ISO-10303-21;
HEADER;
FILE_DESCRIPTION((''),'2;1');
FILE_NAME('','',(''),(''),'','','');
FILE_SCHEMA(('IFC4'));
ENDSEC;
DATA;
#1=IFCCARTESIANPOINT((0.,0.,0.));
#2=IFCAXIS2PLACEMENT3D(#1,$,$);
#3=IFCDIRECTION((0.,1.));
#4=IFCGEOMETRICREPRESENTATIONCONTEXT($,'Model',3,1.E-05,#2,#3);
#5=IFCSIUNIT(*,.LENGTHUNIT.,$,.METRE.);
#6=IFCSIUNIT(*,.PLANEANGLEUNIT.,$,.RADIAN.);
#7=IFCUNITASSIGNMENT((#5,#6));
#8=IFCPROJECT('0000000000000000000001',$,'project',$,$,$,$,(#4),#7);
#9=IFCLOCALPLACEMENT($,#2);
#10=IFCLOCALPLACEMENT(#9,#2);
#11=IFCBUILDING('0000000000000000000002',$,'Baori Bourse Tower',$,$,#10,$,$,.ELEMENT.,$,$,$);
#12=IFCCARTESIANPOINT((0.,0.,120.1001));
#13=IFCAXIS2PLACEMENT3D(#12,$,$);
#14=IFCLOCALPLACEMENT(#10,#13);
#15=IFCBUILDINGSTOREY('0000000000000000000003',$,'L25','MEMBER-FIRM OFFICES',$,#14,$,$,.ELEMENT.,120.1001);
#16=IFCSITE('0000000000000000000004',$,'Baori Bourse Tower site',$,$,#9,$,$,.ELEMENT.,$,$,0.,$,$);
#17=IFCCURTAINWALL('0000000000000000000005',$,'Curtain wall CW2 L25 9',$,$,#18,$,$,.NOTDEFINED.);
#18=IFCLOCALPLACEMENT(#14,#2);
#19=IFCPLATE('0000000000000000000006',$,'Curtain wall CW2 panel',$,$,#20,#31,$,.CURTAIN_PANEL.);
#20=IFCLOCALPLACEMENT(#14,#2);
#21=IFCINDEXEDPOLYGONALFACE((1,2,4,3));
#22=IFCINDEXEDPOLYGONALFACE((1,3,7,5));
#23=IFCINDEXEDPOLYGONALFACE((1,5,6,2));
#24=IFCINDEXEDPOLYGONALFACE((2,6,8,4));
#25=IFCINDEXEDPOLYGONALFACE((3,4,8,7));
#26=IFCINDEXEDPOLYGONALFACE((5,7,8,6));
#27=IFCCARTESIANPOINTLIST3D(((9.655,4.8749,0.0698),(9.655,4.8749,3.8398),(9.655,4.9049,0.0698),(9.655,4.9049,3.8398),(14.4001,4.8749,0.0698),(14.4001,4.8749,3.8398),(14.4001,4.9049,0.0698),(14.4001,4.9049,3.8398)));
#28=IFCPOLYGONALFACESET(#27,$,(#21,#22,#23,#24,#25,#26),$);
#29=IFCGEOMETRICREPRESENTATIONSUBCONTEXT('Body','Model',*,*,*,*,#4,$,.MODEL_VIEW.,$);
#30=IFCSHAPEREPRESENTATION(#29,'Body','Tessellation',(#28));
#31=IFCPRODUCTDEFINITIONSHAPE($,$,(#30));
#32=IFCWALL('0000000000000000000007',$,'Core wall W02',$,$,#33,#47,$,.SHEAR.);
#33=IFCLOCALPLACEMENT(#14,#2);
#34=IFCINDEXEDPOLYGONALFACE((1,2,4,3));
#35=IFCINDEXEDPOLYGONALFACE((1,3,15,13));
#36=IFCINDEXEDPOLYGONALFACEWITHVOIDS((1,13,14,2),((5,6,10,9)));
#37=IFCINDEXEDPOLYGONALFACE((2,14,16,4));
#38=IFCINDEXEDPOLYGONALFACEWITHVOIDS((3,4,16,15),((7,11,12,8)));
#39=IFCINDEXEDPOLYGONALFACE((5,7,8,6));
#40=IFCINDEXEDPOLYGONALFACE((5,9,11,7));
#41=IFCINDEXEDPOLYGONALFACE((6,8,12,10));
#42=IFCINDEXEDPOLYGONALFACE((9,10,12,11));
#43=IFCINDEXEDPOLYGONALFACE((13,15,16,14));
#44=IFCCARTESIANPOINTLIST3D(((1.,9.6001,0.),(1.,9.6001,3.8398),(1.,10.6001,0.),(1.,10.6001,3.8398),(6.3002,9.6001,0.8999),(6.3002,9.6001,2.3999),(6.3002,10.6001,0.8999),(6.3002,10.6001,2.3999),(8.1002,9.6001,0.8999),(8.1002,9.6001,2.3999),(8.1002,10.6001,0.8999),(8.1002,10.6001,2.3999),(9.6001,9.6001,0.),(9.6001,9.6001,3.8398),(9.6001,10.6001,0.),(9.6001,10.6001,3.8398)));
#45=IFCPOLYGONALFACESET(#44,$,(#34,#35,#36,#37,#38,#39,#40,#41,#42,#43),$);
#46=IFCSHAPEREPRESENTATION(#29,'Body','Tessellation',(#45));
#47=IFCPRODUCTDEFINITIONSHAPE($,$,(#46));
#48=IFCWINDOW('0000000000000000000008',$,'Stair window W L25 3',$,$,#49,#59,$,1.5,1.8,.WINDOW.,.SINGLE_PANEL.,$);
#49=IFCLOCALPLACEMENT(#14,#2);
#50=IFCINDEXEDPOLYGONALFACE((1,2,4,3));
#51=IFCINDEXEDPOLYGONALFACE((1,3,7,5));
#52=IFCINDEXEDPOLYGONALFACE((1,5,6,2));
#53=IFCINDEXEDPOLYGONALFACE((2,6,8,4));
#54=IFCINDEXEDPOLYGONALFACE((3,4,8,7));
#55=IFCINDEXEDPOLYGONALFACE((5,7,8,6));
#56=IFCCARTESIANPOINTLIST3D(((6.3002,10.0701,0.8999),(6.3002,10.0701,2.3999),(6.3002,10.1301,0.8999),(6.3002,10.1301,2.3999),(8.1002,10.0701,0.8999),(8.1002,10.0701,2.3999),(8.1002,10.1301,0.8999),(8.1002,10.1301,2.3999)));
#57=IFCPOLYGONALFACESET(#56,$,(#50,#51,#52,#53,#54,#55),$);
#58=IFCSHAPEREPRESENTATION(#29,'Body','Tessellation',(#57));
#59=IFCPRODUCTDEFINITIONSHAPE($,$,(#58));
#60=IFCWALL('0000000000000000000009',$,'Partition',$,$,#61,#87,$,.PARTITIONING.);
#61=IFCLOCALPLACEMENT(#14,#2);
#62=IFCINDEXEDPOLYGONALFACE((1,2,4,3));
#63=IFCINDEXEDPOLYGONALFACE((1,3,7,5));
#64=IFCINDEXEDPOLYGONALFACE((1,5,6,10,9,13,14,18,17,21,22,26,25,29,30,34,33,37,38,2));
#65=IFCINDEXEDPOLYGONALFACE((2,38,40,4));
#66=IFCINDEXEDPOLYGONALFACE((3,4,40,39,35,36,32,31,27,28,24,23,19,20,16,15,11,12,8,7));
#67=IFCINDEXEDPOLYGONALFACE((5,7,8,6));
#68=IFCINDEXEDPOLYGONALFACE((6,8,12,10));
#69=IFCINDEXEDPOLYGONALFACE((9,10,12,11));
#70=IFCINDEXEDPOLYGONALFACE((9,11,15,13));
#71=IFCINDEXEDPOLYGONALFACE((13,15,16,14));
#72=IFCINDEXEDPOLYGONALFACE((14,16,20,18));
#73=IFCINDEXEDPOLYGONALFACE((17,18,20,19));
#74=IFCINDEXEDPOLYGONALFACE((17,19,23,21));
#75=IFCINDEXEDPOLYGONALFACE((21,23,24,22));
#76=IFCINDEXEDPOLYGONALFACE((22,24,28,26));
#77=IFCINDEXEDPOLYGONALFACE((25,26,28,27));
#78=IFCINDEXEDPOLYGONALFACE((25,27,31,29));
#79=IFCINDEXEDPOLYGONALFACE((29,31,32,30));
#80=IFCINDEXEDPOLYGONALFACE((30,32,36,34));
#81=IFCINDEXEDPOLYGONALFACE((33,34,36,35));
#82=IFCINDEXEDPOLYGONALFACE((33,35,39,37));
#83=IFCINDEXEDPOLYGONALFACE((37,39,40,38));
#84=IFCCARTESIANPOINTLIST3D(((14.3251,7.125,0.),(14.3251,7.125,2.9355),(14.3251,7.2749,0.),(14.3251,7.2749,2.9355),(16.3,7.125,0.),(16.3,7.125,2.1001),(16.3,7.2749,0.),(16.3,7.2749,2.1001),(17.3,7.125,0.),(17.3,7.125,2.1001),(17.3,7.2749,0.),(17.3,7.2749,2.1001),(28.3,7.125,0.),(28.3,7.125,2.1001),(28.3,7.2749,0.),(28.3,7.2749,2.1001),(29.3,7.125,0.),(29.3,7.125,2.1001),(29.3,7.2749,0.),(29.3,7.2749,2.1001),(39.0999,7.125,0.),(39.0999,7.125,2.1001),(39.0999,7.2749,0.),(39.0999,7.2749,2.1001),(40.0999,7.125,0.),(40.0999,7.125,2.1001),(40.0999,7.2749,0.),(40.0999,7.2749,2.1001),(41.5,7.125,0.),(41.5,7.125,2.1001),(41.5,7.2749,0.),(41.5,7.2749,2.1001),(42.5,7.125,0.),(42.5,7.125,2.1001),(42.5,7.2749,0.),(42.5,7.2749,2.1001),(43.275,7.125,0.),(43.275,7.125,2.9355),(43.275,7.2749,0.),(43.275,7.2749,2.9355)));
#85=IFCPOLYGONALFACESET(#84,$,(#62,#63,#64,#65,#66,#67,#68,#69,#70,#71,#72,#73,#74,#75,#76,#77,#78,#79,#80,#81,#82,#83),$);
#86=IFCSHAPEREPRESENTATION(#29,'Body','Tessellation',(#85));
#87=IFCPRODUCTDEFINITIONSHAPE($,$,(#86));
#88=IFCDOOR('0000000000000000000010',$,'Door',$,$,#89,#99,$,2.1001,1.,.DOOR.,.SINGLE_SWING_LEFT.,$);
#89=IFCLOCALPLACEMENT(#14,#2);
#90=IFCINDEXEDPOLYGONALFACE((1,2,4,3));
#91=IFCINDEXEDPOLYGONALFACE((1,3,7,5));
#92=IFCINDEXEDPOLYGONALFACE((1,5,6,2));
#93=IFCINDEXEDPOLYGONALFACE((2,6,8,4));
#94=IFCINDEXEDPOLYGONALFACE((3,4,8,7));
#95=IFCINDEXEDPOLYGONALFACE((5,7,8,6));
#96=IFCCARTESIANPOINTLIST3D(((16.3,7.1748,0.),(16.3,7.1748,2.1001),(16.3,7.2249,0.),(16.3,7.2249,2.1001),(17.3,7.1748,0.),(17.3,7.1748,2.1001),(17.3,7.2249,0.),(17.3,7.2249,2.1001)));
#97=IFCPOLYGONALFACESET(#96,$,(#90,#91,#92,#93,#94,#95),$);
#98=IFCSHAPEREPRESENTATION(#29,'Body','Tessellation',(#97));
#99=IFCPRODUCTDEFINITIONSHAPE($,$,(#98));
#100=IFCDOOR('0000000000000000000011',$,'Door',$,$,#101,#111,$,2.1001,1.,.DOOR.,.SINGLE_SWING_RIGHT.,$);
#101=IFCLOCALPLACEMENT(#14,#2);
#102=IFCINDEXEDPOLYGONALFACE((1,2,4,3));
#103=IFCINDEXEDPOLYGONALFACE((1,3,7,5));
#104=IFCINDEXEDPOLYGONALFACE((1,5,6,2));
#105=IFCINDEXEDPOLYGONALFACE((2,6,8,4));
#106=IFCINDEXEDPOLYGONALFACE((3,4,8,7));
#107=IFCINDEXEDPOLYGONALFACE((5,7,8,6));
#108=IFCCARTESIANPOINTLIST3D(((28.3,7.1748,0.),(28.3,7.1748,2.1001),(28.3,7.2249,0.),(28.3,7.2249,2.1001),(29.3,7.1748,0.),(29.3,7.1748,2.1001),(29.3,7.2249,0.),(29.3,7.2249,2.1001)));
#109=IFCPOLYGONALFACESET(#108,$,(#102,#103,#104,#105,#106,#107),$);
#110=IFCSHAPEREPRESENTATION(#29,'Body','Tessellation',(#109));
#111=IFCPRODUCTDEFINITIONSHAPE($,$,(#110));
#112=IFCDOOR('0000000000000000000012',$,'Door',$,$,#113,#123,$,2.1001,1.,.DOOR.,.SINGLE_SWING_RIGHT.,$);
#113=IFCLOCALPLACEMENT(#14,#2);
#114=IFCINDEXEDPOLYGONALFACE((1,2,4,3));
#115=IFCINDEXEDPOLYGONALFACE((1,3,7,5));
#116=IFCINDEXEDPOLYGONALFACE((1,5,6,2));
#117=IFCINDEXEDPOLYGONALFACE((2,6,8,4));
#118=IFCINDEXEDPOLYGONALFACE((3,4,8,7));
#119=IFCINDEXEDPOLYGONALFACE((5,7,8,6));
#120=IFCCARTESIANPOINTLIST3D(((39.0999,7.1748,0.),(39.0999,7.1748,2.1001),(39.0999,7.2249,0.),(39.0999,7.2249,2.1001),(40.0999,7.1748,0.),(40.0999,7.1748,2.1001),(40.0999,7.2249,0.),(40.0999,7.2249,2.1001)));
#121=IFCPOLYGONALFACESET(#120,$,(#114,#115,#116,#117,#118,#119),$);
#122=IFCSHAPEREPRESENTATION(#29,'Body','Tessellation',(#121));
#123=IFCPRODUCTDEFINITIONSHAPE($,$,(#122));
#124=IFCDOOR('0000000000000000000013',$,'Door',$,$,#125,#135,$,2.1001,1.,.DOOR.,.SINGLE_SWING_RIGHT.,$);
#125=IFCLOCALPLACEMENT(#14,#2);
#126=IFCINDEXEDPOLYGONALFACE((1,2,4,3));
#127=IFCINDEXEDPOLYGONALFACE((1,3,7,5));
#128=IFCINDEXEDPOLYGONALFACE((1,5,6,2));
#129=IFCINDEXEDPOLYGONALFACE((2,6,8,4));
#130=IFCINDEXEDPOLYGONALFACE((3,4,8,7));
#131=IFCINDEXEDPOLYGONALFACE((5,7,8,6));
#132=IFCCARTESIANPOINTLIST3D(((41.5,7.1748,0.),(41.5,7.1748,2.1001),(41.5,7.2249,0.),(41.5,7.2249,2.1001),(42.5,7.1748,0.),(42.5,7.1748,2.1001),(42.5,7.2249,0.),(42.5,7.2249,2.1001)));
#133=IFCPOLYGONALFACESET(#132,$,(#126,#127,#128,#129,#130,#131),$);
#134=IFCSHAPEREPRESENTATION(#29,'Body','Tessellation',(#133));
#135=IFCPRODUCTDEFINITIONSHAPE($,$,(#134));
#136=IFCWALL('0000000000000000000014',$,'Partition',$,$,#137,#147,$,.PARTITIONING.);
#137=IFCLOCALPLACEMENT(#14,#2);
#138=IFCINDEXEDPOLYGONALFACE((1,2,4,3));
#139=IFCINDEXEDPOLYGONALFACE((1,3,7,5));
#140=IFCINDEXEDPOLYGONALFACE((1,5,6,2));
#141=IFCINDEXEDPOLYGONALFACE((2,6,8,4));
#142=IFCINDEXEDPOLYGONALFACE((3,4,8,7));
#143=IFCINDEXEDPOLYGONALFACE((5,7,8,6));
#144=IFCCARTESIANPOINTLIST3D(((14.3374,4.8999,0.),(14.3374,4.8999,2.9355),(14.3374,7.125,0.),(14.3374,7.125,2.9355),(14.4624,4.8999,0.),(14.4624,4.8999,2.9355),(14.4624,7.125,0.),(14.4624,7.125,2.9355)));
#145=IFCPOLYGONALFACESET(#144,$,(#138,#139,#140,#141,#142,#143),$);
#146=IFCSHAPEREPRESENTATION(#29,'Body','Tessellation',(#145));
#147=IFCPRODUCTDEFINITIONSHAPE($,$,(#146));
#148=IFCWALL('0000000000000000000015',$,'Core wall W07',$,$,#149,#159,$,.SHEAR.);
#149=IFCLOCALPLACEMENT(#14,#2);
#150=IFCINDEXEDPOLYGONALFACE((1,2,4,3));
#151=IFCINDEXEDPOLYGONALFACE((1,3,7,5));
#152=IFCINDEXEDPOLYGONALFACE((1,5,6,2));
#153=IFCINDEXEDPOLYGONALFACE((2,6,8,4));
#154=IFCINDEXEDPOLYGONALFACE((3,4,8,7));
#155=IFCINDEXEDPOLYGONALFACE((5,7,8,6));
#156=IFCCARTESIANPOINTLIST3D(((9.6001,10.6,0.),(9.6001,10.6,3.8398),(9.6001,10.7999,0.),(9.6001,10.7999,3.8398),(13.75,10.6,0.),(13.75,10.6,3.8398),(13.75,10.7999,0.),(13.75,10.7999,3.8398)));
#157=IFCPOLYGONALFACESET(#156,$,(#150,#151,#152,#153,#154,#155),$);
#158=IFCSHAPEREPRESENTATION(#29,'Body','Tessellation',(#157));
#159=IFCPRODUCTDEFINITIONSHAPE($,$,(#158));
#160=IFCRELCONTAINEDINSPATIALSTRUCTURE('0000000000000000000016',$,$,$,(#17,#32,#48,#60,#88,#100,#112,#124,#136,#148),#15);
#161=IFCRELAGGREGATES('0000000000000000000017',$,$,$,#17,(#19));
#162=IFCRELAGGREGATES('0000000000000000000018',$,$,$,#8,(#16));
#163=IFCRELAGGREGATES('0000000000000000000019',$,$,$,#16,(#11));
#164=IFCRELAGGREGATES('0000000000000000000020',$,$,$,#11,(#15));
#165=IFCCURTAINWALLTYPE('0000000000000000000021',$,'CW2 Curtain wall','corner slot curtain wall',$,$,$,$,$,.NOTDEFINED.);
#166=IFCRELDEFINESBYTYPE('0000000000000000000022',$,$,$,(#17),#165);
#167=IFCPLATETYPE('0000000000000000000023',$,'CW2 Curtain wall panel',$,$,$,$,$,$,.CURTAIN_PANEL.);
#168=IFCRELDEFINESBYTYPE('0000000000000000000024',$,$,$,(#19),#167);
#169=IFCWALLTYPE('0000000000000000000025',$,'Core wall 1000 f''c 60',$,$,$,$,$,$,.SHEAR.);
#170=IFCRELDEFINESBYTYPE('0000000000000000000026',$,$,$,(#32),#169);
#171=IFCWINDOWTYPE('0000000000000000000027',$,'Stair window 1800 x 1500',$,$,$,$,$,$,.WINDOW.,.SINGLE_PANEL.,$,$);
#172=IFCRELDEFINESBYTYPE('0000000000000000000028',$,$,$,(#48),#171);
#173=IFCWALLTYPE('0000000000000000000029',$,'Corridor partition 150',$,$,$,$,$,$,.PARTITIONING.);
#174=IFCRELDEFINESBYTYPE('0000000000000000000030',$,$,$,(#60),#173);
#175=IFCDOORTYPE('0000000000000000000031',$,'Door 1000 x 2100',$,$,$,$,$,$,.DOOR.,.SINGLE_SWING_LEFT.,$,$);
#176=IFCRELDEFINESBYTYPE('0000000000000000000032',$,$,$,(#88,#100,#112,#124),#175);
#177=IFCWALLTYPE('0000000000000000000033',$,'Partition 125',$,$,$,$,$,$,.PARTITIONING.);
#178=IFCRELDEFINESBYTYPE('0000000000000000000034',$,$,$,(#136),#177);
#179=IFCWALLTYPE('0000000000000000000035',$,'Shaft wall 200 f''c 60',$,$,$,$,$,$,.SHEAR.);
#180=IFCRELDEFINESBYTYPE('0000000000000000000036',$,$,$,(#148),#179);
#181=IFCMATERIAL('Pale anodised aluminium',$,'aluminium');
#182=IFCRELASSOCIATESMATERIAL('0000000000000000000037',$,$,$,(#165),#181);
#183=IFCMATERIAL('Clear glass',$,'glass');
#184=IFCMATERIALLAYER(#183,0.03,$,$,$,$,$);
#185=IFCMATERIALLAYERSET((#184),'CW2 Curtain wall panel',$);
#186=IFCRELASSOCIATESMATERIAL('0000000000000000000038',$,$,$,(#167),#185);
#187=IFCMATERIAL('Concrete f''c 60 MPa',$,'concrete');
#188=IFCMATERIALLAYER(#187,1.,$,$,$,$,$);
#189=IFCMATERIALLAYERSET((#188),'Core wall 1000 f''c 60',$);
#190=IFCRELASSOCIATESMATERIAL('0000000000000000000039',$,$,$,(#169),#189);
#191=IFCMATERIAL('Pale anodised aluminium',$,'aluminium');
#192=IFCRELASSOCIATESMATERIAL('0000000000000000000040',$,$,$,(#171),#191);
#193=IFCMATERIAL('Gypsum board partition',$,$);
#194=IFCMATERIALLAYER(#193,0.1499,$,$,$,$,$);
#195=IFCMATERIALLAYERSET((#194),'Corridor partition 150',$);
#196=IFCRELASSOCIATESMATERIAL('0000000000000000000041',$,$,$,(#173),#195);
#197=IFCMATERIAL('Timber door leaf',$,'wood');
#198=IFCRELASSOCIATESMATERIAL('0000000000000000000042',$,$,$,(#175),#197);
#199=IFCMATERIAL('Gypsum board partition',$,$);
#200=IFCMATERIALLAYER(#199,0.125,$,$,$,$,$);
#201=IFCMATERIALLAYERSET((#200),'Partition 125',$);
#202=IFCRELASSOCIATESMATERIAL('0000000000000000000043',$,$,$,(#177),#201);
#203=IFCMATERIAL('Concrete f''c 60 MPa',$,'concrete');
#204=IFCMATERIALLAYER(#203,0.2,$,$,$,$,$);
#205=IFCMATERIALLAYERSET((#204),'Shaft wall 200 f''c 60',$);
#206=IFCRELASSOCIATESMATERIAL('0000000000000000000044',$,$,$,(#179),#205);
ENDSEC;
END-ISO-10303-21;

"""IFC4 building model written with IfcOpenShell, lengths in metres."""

from ifc_helpers import new_model, si_unit, direction, frame, frame_2d, origin, origin_2d, place, context, subcontext, project, spatial, rectangle, extrude, material, layer, layer_set, type_object, element, fill, aggregate, save


model = new_model("IFC4")

# Units and contexts
model_context = context("Model", 3, precision=1e-05, world=origin(), true_north=direction((0.0, 1.0)))
body_context = subcontext(model_context, "Body", "Model", "MODEL_VIEW")
ifc_project = project(units=[si_unit("LENGTHUNIT", "METRE"), si_unit("PLANEANGLEUNIT", "RADIAN")], contexts=[model_context])

# Site, building, storey
site_placement = place(None, origin())
site = spatial("IfcSite", under=ifc_project, at=site_placement, Name="Baori Bourse Tower site", CompositionType="ELEMENT", RefElevation=0.0)
building_placement = place(site_placement, origin())
building = spatial("IfcBuilding", under=site, at=building_placement, Name="Baori Bourse Tower", CompositionType="ELEMENT")
storey_placement = place(building_placement, frame((0.0, 0.0, 120.1001)))
storey = spatial("IfcBuildingStorey", under=building, at=storey_placement, Name="L25", Description="MEMBER-FIRM OFFICES", CompositionType="ELEMENT", Elevation=120.1001)

# Curtain wall
ifc_material_1 = material(Name="Pale anodised aluminium", Category="aluminium")
curtain_wall_type = type_object("IfcCurtainWallType", Name="CW2 Curtain wall", Description="corner slot curtain wall", PredefinedType="NOTDEFINED", material=ifc_material_1)
curtain_wall_1_placement = place(storey_placement, origin())
curtain_wall_1 = element("IfcCurtainWall", 1, at=curtain_wall_1_placement, inside=storey, type_object=curtain_wall_type, Name="Curtain wall CW2 L25 9", PredefinedType="NOTDEFINED")

# Plate
ifc_material_2 = material(Name="Clear glass", Category="glass")
ifc_layer_1 = layer(ifc_material_2, 0.03)
ifc_layer_set_1 = layer_set([ifc_layer_1], Name="CW2 Curtain wall panel")
plate_type = type_object("IfcPlateType", Name="CW2 Curtain wall panel", PredefinedType="CURTAIN_PANEL", material=ifc_layer_set_1)
plate_1_placement = place(storey_placement, frame((12.0276, 4.8899, 0.0698), z_axis=(0.0, 0.0, 1.0), x_axis=(1.0, 0.0, 0.0)))
plate_1 = element("IfcPlate", 2, at=plate_1_placement, type_object=plate_type, Name="Curtain wall CW2 panel", PredefinedType="CURTAIN_PANEL", context=body_context, shape_type="SweptSolid", body=[
    extrude(rectangle(XDim=4.7451, YDim=0.03, at=origin_2d()), origin(), (0.0, 0.0, 1.0), 3.77),
])
aggregate(curtain_wall_1, [plate_1])

# Wall, opening, window
ifc_material_3 = material(Name="Concrete f'c 60 MPa", Category="concrete")
ifc_layer_2 = layer(ifc_material_3, 1.0)
ifc_layer_set_2 = layer_set([ifc_layer_2], Name="Core wall 1000 f'c 60")
wall_type_1 = type_object("IfcWallType", Name="Core wall 1000 f'c 60", PredefinedType="SHEAR", material=ifc_layer_set_2)
wall_1_placement = place(storey_placement, frame((9.6001, 10.1001, 0.0), z_axis=(0.0, 0.0, 1.0), x_axis=(-1.0, 0.0, 0.0)))
wall_1 = element("IfcWall", 3, at=wall_1_placement, inside=storey, type_object=wall_type_1, Name="Core wall W02", PredefinedType="SHEAR", context=body_context, shape_type="SweptSolid", body=[
    extrude(rectangle(XDim=8.6001, YDim=1.0, at=frame_2d((4.3, 0.0))), origin(), (0.0, 0.0, 1.0), 3.8398),
])
opening_1_placement = place(wall_1_placement, frame((1.5, 0.0, 0.8999)))
opening_1 = element("IfcOpeningElement", 4, at=opening_1_placement, cuts=wall_1, PredefinedType="OPENING", context=body_context, shape_type="SweptSolid", body=[
    extrude(rectangle(XDim=1.8, YDim=1.5, at=frame_2d((0.8999, 0.75))), frame((0.0, 0.51, 0.0), z_axis=(0.0, -1.0, 0.0), x_axis=(1.0, 0.0, 0.0)), (0.0, 0.0, 1.0), 1.02),
])
ifc_material_4 = material(Name="Pale anodised aluminium", Category="aluminium")
window_type = type_object("IfcWindowType", Name="Stair window 1800 x 1500", PartitioningType="SINGLE_PANEL", PredefinedType="WINDOW", material=ifc_material_4)
window_placement = place(opening_1_placement, origin())
window = element("IfcWindow", 5, at=window_placement, inside=storey, type_object=window_type, Name="Stair window W L25 3", OverallHeight=1.5, OverallWidth=1.8, PartitioningType="SINGLE_PANEL", PredefinedType="WINDOW", context=body_context, shape_type="SweptSolid", body=[
    extrude(rectangle(XDim=1.8, YDim=1.5, at=frame_2d((0.8999, 0.75))), frame((0.0, 0.03, 0.0), z_axis=(0.0, -1.0, 0.0), x_axis=(1.0, 0.0, 0.0)), (0.0, 0.0, 1.0), 0.0601),
])
fill(opening_1, window)

# Wall, openings, doors
ifc_material_5 = material(Name="Gypsum board partition")
ifc_layer_3 = layer(ifc_material_5, 0.1499)
ifc_layer_set_3 = layer_set([ifc_layer_3], Name="Corridor partition 150")
wall_type_2 = type_object("IfcWallType", Name="Corridor partition 150", PredefinedType="PARTITIONING", material=ifc_layer_set_3)
wall_2_placement = place(storey_placement, frame((14.325, 7.2, 0.0), z_axis=(0.0, 0.0, 1.0), x_axis=(1.0, 0.0, 0.0)))
wall_2 = element("IfcWall", 6, at=wall_2_placement, inside=storey, type_object=wall_type_2, Name="Partition", PredefinedType="PARTITIONING", context=body_context, shape_type="SweptSolid", body=[
    extrude(rectangle(XDim=28.95, YDim=0.1499, at=frame_2d((14.4751, 0.0))), origin(), (0.0, 0.0, 1.0), 2.9355),
])
opening_2_placement = place(wall_2_placement, frame((1.9751, 0.0, 0.0)))
opening_2 = element("IfcOpeningElement", 7, at=opening_2_placement, cuts=wall_2, PredefinedType="OPENING", context=body_context, shape_type="SweptSolid", body=[
    extrude(rectangle(XDim=1.0, YDim=2.1001, at=frame_2d((0.5, 1.05))), frame((0.0, 0.085, 0.0), z_axis=(0.0, -1.0, 0.0), x_axis=(1.0, 0.0, 0.0)), (0.0, 0.0, 1.0), 0.1699),
])
opening_3_placement = place(wall_2_placement, frame((13.9751, 0.0, 0.0)))
opening_3 = element("IfcOpeningElement", 8, at=opening_3_placement, cuts=wall_2, PredefinedType="OPENING", context=body_context, shape_type="SweptSolid", body=[
    extrude(rectangle(XDim=1.0, YDim=2.1001, at=frame_2d((0.5, 1.05))), frame((0.0, 0.085, 0.0), z_axis=(0.0, -1.0, 0.0), x_axis=(1.0, 0.0, 0.0)), (0.0, 0.0, 1.0), 0.1699),
])
opening_4_placement = place(wall_2_placement, frame((24.7749, 0.0, 0.0)))
opening_4 = element("IfcOpeningElement", 9, at=opening_4_placement, cuts=wall_2, PredefinedType="OPENING", context=body_context, shape_type="SweptSolid", body=[
    extrude(rectangle(XDim=1.0, YDim=2.1001, at=frame_2d((0.5, 1.05))), frame((0.0, 0.085, 0.0), z_axis=(0.0, -1.0, 0.0), x_axis=(1.0, 0.0, 0.0)), (0.0, 0.0, 1.0), 0.1699),
])
opening_5_placement = place(wall_2_placement, frame((27.175, 0.0, 0.0)))
opening_5 = element("IfcOpeningElement", 10, at=opening_5_placement, cuts=wall_2, PredefinedType="OPENING", context=body_context, shape_type="SweptSolid", body=[
    extrude(rectangle(XDim=1.0, YDim=2.1001, at=frame_2d((0.5, 1.05))), frame((0.0, 0.085, 0.0), z_axis=(0.0, -1.0, 0.0), x_axis=(1.0, 0.0, 0.0)), (0.0, 0.0, 1.0), 0.1699),
])
ifc_material_6 = material(Name="Timber door leaf", Category="wood")
door_type_1 = type_object("IfcDoorType", Name="Door 1000 x 2100", OperationType="SINGLE_SWING_LEFT", PredefinedType="DOOR", material=ifc_material_6)
door_1_placement = place(opening_2_placement, origin())
door_1 = element("IfcDoor", 11, at=door_1_placement, inside=storey, type_object=door_type_1, Name="Door", OperationType="SINGLE_SWING_LEFT", OverallHeight=2.1001, OverallWidth=1.0, PredefinedType="DOOR", context=body_context, shape_type="SweptSolid", body=[
    extrude(rectangle(XDim=1.0, YDim=2.1001, at=frame_2d((0.5, 1.05))), frame((0.0, 0.0249, 0.0), z_axis=(0.0, -1.0, 0.0), x_axis=(1.0, 0.0, 0.0)), (0.0, 0.0, 1.0), 0.05),
])
fill(opening_2, door_1)
door_2_placement = place(opening_3_placement, origin())
door_2 = element("IfcDoor", 12, at=door_2_placement, inside=storey, type_object=door_type_1, Name="Door", OperationType="SINGLE_SWING_RIGHT", OverallHeight=2.1001, OverallWidth=1.0, PredefinedType="DOOR", context=body_context, shape_type="SweptSolid", body=[
    extrude(rectangle(XDim=1.0, YDim=2.1001, at=frame_2d((0.5, 1.05))), frame((0.0, 0.0249, 0.0), z_axis=(0.0, -1.0, 0.0), x_axis=(1.0, 0.0, 0.0)), (0.0, 0.0, 1.0), 0.05),
])
fill(opening_3, door_2)
door_3_placement = place(opening_4_placement, origin())
door_3 = element("IfcDoor", 13, at=door_3_placement, inside=storey, type_object=door_type_1, Name="Door", OperationType="SINGLE_SWING_RIGHT", OverallHeight=2.1001, OverallWidth=1.0, PredefinedType="DOOR", context=body_context, shape_type="SweptSolid", body=[
    extrude(rectangle(XDim=1.0, YDim=2.1001, at=frame_2d((0.5, 1.05))), frame((0.0, 0.0249, 0.0), z_axis=(0.0, -1.0, 0.0), x_axis=(1.0, 0.0, 0.0)), (0.0, 0.0, 1.0), 0.05),
])
fill(opening_4, door_3)
door_4_placement = place(opening_5_placement, origin())
door_4 = element("IfcDoor", 14, at=door_4_placement, inside=storey, type_object=door_type_1, Name="Door", OperationType="SINGLE_SWING_RIGHT", OverallHeight=2.1001, OverallWidth=1.0, PredefinedType="DOOR", context=body_context, shape_type="SweptSolid", body=[
    extrude(rectangle(XDim=1.0, YDim=2.1001, at=frame_2d((0.5, 1.05))), frame((0.0, 0.0249, 0.0), z_axis=(0.0, -1.0, 0.0), x_axis=(1.0, 0.0, 0.0)), (0.0, 0.0, 1.0), 0.05),
])
fill(opening_5, door_4)

# Walls
ifc_material_7 = material(Name="Gypsum board partition")
ifc_layer_4 = layer(ifc_material_7, 0.125)
ifc_layer_set_4 = layer_set([ifc_layer_4], Name="Partition 125")
wall_type_3 = type_object("IfcWallType", Name="Partition 125", PredefinedType="PARTITIONING", material=ifc_layer_set_4)
wall_3_placement = place(storey_placement, frame((14.3999, 4.8999, 0.0), z_axis=(0.0, 0.0, 1.0), x_axis=(0.0, 1.0, 0.0)))
element("IfcWall", 15, at=wall_3_placement, inside=storey, type_object=wall_type_3, Name="Partition", PredefinedType="PARTITIONING", context=body_context, shape_type="SweptSolid", body=[
    extrude(rectangle(XDim=2.2251, YDim=0.125, at=frame_2d((1.1125, 0.0))), origin(), (0.0, 0.0, 1.0), 2.9355),
])
ifc_material_8 = material(Name="Concrete f'c 60 MPa", Category="concrete")
ifc_layer_5 = layer(ifc_material_8, 0.2)
ifc_layer_set_5 = layer_set([ifc_layer_5], Name="Shaft wall 200 f'c 60")
wall_type_4 = type_object("IfcWallType", Name="Shaft wall 200 f'c 60", PredefinedType="SHEAR", material=ifc_layer_set_5)
wall_4_placement = place(storey_placement, frame((9.6001, 10.7, 0.0), z_axis=(0.0, 0.0, 1.0), x_axis=(1.0, 0.0, 0.0)))
element("IfcWall", 16, at=wall_4_placement, inside=storey, type_object=wall_type_4, Name="Core wall W07", PredefinedType="SHEAR", context=body_context, shape_type="SweptSolid", body=[
    extrude(rectangle(XDim=4.1499, YDim=0.2, at=frame_2d((2.075, 0.0))), origin(), (0.0, 0.0, 1.0), 3.8398),
])

save(model, "model.ifc")
